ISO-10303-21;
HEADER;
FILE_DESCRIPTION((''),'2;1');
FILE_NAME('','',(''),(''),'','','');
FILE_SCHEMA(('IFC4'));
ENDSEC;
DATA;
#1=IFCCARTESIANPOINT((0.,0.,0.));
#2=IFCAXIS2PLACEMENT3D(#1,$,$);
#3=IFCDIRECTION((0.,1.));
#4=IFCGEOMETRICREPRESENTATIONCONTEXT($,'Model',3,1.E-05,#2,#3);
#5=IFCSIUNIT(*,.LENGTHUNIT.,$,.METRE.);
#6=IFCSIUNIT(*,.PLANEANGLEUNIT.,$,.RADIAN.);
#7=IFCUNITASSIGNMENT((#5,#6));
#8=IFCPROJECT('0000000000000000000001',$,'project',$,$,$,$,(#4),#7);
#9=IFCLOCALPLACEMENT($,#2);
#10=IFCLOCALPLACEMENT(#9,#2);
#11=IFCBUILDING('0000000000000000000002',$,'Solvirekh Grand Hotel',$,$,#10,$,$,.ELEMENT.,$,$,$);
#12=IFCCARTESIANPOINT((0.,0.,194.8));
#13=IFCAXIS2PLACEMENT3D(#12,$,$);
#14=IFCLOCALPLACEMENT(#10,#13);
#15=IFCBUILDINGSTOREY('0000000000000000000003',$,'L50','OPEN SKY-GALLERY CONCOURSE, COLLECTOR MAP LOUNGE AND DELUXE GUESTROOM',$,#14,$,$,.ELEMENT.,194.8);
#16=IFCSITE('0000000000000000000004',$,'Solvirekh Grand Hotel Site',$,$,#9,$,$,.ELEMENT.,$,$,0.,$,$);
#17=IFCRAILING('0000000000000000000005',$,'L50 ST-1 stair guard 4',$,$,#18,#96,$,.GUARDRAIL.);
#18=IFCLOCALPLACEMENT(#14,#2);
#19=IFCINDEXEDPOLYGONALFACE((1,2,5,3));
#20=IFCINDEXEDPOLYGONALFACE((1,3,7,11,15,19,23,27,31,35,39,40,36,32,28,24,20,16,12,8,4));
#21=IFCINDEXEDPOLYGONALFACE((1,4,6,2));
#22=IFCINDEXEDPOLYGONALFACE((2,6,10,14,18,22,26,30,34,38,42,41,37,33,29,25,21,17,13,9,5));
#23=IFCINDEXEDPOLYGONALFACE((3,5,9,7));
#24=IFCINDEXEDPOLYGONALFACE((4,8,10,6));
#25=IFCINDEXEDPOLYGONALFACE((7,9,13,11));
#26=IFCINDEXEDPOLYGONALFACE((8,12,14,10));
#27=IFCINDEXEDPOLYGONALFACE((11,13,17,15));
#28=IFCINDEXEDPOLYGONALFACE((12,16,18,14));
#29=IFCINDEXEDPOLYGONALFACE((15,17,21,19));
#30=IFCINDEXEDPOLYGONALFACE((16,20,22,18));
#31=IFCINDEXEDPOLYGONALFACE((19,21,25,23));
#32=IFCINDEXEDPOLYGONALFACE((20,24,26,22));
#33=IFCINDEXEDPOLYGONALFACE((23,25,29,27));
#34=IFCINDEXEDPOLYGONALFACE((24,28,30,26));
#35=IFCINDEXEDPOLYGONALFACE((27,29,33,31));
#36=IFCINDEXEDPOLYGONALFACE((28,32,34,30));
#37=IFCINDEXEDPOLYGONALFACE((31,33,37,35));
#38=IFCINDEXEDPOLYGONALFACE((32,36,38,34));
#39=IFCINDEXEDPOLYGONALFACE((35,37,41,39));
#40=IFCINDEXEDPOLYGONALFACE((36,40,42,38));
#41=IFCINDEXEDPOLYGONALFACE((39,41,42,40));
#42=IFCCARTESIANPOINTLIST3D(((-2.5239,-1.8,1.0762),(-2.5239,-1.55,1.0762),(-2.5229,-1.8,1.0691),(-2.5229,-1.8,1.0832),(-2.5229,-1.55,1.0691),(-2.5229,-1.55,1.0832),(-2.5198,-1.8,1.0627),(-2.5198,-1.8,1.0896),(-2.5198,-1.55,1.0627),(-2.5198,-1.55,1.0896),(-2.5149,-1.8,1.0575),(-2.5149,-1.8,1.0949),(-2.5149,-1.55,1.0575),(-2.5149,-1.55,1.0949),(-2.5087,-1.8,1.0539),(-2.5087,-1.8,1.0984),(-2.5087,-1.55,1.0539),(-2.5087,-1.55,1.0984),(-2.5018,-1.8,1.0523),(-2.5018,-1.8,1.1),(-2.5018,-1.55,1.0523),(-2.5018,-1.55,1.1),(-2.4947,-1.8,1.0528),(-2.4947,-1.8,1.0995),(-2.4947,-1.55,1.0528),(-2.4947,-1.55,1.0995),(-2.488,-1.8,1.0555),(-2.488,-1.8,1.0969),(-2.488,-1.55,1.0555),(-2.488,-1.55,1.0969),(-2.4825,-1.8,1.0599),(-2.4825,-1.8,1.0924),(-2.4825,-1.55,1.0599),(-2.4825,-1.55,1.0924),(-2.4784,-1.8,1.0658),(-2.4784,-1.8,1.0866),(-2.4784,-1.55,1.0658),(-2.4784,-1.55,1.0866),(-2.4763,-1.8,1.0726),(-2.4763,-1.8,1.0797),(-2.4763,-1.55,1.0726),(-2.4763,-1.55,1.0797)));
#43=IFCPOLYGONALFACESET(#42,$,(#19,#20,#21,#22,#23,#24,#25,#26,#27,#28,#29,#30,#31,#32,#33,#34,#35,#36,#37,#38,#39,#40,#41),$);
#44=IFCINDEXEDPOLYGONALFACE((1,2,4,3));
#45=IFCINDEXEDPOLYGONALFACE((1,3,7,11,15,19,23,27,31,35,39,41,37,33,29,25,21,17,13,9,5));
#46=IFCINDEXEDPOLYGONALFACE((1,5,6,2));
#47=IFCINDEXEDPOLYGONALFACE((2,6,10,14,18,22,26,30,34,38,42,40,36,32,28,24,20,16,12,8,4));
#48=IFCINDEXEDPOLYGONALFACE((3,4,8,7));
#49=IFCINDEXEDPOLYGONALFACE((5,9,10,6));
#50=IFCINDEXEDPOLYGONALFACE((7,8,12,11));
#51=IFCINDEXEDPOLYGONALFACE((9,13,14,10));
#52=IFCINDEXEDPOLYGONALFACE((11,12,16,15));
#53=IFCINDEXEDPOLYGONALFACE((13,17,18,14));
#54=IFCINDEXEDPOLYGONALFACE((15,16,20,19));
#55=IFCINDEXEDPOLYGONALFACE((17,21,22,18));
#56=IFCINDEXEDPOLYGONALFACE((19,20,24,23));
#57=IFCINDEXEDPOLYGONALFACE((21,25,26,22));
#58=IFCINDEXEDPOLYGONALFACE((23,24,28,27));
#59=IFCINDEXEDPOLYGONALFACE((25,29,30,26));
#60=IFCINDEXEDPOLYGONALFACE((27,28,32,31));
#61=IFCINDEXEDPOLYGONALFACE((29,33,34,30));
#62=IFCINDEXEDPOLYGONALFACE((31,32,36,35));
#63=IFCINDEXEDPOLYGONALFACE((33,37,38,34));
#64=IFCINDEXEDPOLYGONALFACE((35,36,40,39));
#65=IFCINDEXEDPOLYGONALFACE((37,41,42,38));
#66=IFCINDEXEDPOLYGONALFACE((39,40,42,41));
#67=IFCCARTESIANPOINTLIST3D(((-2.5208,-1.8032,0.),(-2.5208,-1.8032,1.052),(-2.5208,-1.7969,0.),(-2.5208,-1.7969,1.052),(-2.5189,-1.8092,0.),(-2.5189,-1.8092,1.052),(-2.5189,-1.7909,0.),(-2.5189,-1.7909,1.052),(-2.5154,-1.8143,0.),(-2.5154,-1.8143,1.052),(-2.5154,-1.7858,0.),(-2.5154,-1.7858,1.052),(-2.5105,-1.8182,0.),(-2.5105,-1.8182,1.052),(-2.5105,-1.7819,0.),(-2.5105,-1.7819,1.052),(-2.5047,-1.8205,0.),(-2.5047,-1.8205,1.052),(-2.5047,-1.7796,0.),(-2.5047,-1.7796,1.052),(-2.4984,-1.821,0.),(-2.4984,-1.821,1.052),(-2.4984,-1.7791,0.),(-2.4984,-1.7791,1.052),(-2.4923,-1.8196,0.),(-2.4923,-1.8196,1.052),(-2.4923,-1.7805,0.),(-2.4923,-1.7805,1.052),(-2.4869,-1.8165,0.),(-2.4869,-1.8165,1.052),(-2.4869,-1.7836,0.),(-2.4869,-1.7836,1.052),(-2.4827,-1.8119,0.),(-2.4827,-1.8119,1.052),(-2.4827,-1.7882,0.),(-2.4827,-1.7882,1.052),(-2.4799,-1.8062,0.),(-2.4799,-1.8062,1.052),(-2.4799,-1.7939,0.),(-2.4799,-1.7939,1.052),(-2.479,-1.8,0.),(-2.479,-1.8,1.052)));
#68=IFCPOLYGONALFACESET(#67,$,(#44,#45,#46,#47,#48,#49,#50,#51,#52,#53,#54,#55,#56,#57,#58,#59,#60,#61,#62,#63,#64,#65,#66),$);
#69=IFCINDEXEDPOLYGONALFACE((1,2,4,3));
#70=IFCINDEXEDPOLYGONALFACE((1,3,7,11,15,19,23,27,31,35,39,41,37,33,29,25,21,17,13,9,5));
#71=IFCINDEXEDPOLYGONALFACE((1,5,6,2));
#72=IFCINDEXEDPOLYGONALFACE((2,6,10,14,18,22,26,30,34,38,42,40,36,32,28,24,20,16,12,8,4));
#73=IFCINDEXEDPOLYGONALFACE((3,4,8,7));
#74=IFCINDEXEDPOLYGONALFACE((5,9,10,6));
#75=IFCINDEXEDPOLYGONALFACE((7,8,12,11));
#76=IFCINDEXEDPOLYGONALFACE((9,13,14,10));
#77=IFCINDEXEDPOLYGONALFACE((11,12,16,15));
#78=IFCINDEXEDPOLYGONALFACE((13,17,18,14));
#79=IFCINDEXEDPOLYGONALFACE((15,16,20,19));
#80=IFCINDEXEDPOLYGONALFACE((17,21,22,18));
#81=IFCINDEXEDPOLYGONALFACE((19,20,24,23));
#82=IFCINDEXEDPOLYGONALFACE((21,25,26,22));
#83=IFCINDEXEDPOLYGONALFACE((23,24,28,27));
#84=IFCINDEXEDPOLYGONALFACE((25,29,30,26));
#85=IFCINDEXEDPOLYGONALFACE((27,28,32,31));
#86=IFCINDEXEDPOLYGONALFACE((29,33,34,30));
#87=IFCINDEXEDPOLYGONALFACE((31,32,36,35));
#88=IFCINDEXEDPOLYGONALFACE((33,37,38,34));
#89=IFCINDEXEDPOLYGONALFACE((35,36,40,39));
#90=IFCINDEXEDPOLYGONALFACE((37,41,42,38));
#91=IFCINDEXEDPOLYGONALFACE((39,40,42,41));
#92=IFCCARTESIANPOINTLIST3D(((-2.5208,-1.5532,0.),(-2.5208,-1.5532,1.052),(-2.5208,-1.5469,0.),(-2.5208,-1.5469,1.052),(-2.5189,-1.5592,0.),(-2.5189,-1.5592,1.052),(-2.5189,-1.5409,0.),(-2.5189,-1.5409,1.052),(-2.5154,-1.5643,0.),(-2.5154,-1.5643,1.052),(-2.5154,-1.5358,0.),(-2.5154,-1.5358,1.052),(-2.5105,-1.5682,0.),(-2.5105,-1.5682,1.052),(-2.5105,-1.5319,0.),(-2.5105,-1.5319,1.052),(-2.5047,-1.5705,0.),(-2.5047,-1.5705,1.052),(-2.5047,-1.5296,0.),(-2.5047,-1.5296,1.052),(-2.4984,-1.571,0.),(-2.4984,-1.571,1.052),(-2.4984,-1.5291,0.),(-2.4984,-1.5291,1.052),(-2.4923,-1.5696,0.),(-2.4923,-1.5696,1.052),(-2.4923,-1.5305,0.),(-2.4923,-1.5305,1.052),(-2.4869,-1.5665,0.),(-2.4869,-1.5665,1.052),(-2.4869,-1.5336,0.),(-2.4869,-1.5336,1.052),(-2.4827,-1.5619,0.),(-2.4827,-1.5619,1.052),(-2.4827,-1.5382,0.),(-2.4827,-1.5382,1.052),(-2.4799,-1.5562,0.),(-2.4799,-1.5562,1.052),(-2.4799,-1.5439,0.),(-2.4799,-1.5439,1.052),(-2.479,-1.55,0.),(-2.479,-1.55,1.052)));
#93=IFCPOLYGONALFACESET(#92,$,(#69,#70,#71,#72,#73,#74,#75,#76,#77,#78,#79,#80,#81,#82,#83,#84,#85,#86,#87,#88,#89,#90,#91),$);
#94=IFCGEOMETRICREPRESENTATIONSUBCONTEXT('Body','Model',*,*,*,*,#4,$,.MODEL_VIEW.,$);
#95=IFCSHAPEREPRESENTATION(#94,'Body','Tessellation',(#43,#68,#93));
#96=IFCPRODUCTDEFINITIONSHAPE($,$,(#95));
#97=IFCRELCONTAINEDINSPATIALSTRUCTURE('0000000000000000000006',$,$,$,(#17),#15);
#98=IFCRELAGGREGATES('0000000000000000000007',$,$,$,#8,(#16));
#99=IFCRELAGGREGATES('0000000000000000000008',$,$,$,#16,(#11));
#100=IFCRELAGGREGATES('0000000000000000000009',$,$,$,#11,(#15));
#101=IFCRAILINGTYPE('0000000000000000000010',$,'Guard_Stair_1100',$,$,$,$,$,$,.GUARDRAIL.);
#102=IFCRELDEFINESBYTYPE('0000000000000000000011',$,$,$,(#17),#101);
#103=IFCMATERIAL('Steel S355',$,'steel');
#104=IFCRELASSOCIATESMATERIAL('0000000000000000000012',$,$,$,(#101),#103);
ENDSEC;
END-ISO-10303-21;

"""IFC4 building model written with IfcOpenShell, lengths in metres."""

from ifc_helpers import new_model, si_unit, direction, frame, origin, origin_2d, place, context, subcontext, project, spatial, circle, extrude, material, type_object, element, save


model = new_model("IFC4")

# Units and contexts
model_context = context("Model", 3, precision=1e-05, world=origin(), true_north=direction((0.0, 1.0)))
body_context = subcontext(model_context, "Body", "Model", "MODEL_VIEW")
ifc_project = project(units=[si_unit("LENGTHUNIT", "METRE"), si_unit("PLANEANGLEUNIT", "RADIAN")], contexts=[model_context])

# Site, building, storey
site_placement = place(None, origin())
site = spatial("IfcSite", under=ifc_project, at=site_placement, Name="Solvirekh Grand Hotel Site", CompositionType="ELEMENT", RefElevation=0.0)
building_placement = place(site_placement, origin())
building = spatial("IfcBuilding", under=site, at=building_placement, Name="Solvirekh Grand Hotel", CompositionType="ELEMENT")
storey_placement = place(building_placement, frame((0.0, 0.0, 194.8)))
storey = spatial("IfcBuildingStorey", under=building, at=storey_placement, Name="L50", Description="OPEN SKY-GALLERY CONCOURSE, COLLECTOR MAP LOUNGE AND DELUXE GUESTROOM", CompositionType="ELEMENT", Elevation=194.8)

# Shared definitions
ifc_material_1 = material(Name="Steel S355", Category="steel")

# Railing
railing_type_1 = type_object("IfcRailingType", Name="Guard_Stair_1100", PredefinedType="GUARDRAIL", material=ifc_material_1)
railing_1_placement = place(storey_placement, frame((-2.5, -1.8, 0.0)))
element("IfcRailing", 1, at=railing_1_placement, inside=storey, type_object=railing_type_1, Name="L50 ST-1 stair guard 4", PredefinedType="GUARDRAIL", context=body_context, shape_type="SweptSolid", body=[
    extrude(circle(Radius=0.0239, at=origin_2d()), frame((0.0, 0.0, 1.0762), z_axis=(0.0, 1.0, 0.0), x_axis=(-1.0, 0.0, 0.0)), (0.0, 0.0, 1.0), 0.25),
    extrude(circle(Radius=0.021, at=origin_2d()), origin(), (0.0, 0.0, 1.0), 1.052),
    extrude(circle(Radius=0.021, at=origin_2d()), frame((0.0, 0.25, 0.0)), (0.0, 0.0, 1.0), 1.052),
])

save(model, "model.ifc")
